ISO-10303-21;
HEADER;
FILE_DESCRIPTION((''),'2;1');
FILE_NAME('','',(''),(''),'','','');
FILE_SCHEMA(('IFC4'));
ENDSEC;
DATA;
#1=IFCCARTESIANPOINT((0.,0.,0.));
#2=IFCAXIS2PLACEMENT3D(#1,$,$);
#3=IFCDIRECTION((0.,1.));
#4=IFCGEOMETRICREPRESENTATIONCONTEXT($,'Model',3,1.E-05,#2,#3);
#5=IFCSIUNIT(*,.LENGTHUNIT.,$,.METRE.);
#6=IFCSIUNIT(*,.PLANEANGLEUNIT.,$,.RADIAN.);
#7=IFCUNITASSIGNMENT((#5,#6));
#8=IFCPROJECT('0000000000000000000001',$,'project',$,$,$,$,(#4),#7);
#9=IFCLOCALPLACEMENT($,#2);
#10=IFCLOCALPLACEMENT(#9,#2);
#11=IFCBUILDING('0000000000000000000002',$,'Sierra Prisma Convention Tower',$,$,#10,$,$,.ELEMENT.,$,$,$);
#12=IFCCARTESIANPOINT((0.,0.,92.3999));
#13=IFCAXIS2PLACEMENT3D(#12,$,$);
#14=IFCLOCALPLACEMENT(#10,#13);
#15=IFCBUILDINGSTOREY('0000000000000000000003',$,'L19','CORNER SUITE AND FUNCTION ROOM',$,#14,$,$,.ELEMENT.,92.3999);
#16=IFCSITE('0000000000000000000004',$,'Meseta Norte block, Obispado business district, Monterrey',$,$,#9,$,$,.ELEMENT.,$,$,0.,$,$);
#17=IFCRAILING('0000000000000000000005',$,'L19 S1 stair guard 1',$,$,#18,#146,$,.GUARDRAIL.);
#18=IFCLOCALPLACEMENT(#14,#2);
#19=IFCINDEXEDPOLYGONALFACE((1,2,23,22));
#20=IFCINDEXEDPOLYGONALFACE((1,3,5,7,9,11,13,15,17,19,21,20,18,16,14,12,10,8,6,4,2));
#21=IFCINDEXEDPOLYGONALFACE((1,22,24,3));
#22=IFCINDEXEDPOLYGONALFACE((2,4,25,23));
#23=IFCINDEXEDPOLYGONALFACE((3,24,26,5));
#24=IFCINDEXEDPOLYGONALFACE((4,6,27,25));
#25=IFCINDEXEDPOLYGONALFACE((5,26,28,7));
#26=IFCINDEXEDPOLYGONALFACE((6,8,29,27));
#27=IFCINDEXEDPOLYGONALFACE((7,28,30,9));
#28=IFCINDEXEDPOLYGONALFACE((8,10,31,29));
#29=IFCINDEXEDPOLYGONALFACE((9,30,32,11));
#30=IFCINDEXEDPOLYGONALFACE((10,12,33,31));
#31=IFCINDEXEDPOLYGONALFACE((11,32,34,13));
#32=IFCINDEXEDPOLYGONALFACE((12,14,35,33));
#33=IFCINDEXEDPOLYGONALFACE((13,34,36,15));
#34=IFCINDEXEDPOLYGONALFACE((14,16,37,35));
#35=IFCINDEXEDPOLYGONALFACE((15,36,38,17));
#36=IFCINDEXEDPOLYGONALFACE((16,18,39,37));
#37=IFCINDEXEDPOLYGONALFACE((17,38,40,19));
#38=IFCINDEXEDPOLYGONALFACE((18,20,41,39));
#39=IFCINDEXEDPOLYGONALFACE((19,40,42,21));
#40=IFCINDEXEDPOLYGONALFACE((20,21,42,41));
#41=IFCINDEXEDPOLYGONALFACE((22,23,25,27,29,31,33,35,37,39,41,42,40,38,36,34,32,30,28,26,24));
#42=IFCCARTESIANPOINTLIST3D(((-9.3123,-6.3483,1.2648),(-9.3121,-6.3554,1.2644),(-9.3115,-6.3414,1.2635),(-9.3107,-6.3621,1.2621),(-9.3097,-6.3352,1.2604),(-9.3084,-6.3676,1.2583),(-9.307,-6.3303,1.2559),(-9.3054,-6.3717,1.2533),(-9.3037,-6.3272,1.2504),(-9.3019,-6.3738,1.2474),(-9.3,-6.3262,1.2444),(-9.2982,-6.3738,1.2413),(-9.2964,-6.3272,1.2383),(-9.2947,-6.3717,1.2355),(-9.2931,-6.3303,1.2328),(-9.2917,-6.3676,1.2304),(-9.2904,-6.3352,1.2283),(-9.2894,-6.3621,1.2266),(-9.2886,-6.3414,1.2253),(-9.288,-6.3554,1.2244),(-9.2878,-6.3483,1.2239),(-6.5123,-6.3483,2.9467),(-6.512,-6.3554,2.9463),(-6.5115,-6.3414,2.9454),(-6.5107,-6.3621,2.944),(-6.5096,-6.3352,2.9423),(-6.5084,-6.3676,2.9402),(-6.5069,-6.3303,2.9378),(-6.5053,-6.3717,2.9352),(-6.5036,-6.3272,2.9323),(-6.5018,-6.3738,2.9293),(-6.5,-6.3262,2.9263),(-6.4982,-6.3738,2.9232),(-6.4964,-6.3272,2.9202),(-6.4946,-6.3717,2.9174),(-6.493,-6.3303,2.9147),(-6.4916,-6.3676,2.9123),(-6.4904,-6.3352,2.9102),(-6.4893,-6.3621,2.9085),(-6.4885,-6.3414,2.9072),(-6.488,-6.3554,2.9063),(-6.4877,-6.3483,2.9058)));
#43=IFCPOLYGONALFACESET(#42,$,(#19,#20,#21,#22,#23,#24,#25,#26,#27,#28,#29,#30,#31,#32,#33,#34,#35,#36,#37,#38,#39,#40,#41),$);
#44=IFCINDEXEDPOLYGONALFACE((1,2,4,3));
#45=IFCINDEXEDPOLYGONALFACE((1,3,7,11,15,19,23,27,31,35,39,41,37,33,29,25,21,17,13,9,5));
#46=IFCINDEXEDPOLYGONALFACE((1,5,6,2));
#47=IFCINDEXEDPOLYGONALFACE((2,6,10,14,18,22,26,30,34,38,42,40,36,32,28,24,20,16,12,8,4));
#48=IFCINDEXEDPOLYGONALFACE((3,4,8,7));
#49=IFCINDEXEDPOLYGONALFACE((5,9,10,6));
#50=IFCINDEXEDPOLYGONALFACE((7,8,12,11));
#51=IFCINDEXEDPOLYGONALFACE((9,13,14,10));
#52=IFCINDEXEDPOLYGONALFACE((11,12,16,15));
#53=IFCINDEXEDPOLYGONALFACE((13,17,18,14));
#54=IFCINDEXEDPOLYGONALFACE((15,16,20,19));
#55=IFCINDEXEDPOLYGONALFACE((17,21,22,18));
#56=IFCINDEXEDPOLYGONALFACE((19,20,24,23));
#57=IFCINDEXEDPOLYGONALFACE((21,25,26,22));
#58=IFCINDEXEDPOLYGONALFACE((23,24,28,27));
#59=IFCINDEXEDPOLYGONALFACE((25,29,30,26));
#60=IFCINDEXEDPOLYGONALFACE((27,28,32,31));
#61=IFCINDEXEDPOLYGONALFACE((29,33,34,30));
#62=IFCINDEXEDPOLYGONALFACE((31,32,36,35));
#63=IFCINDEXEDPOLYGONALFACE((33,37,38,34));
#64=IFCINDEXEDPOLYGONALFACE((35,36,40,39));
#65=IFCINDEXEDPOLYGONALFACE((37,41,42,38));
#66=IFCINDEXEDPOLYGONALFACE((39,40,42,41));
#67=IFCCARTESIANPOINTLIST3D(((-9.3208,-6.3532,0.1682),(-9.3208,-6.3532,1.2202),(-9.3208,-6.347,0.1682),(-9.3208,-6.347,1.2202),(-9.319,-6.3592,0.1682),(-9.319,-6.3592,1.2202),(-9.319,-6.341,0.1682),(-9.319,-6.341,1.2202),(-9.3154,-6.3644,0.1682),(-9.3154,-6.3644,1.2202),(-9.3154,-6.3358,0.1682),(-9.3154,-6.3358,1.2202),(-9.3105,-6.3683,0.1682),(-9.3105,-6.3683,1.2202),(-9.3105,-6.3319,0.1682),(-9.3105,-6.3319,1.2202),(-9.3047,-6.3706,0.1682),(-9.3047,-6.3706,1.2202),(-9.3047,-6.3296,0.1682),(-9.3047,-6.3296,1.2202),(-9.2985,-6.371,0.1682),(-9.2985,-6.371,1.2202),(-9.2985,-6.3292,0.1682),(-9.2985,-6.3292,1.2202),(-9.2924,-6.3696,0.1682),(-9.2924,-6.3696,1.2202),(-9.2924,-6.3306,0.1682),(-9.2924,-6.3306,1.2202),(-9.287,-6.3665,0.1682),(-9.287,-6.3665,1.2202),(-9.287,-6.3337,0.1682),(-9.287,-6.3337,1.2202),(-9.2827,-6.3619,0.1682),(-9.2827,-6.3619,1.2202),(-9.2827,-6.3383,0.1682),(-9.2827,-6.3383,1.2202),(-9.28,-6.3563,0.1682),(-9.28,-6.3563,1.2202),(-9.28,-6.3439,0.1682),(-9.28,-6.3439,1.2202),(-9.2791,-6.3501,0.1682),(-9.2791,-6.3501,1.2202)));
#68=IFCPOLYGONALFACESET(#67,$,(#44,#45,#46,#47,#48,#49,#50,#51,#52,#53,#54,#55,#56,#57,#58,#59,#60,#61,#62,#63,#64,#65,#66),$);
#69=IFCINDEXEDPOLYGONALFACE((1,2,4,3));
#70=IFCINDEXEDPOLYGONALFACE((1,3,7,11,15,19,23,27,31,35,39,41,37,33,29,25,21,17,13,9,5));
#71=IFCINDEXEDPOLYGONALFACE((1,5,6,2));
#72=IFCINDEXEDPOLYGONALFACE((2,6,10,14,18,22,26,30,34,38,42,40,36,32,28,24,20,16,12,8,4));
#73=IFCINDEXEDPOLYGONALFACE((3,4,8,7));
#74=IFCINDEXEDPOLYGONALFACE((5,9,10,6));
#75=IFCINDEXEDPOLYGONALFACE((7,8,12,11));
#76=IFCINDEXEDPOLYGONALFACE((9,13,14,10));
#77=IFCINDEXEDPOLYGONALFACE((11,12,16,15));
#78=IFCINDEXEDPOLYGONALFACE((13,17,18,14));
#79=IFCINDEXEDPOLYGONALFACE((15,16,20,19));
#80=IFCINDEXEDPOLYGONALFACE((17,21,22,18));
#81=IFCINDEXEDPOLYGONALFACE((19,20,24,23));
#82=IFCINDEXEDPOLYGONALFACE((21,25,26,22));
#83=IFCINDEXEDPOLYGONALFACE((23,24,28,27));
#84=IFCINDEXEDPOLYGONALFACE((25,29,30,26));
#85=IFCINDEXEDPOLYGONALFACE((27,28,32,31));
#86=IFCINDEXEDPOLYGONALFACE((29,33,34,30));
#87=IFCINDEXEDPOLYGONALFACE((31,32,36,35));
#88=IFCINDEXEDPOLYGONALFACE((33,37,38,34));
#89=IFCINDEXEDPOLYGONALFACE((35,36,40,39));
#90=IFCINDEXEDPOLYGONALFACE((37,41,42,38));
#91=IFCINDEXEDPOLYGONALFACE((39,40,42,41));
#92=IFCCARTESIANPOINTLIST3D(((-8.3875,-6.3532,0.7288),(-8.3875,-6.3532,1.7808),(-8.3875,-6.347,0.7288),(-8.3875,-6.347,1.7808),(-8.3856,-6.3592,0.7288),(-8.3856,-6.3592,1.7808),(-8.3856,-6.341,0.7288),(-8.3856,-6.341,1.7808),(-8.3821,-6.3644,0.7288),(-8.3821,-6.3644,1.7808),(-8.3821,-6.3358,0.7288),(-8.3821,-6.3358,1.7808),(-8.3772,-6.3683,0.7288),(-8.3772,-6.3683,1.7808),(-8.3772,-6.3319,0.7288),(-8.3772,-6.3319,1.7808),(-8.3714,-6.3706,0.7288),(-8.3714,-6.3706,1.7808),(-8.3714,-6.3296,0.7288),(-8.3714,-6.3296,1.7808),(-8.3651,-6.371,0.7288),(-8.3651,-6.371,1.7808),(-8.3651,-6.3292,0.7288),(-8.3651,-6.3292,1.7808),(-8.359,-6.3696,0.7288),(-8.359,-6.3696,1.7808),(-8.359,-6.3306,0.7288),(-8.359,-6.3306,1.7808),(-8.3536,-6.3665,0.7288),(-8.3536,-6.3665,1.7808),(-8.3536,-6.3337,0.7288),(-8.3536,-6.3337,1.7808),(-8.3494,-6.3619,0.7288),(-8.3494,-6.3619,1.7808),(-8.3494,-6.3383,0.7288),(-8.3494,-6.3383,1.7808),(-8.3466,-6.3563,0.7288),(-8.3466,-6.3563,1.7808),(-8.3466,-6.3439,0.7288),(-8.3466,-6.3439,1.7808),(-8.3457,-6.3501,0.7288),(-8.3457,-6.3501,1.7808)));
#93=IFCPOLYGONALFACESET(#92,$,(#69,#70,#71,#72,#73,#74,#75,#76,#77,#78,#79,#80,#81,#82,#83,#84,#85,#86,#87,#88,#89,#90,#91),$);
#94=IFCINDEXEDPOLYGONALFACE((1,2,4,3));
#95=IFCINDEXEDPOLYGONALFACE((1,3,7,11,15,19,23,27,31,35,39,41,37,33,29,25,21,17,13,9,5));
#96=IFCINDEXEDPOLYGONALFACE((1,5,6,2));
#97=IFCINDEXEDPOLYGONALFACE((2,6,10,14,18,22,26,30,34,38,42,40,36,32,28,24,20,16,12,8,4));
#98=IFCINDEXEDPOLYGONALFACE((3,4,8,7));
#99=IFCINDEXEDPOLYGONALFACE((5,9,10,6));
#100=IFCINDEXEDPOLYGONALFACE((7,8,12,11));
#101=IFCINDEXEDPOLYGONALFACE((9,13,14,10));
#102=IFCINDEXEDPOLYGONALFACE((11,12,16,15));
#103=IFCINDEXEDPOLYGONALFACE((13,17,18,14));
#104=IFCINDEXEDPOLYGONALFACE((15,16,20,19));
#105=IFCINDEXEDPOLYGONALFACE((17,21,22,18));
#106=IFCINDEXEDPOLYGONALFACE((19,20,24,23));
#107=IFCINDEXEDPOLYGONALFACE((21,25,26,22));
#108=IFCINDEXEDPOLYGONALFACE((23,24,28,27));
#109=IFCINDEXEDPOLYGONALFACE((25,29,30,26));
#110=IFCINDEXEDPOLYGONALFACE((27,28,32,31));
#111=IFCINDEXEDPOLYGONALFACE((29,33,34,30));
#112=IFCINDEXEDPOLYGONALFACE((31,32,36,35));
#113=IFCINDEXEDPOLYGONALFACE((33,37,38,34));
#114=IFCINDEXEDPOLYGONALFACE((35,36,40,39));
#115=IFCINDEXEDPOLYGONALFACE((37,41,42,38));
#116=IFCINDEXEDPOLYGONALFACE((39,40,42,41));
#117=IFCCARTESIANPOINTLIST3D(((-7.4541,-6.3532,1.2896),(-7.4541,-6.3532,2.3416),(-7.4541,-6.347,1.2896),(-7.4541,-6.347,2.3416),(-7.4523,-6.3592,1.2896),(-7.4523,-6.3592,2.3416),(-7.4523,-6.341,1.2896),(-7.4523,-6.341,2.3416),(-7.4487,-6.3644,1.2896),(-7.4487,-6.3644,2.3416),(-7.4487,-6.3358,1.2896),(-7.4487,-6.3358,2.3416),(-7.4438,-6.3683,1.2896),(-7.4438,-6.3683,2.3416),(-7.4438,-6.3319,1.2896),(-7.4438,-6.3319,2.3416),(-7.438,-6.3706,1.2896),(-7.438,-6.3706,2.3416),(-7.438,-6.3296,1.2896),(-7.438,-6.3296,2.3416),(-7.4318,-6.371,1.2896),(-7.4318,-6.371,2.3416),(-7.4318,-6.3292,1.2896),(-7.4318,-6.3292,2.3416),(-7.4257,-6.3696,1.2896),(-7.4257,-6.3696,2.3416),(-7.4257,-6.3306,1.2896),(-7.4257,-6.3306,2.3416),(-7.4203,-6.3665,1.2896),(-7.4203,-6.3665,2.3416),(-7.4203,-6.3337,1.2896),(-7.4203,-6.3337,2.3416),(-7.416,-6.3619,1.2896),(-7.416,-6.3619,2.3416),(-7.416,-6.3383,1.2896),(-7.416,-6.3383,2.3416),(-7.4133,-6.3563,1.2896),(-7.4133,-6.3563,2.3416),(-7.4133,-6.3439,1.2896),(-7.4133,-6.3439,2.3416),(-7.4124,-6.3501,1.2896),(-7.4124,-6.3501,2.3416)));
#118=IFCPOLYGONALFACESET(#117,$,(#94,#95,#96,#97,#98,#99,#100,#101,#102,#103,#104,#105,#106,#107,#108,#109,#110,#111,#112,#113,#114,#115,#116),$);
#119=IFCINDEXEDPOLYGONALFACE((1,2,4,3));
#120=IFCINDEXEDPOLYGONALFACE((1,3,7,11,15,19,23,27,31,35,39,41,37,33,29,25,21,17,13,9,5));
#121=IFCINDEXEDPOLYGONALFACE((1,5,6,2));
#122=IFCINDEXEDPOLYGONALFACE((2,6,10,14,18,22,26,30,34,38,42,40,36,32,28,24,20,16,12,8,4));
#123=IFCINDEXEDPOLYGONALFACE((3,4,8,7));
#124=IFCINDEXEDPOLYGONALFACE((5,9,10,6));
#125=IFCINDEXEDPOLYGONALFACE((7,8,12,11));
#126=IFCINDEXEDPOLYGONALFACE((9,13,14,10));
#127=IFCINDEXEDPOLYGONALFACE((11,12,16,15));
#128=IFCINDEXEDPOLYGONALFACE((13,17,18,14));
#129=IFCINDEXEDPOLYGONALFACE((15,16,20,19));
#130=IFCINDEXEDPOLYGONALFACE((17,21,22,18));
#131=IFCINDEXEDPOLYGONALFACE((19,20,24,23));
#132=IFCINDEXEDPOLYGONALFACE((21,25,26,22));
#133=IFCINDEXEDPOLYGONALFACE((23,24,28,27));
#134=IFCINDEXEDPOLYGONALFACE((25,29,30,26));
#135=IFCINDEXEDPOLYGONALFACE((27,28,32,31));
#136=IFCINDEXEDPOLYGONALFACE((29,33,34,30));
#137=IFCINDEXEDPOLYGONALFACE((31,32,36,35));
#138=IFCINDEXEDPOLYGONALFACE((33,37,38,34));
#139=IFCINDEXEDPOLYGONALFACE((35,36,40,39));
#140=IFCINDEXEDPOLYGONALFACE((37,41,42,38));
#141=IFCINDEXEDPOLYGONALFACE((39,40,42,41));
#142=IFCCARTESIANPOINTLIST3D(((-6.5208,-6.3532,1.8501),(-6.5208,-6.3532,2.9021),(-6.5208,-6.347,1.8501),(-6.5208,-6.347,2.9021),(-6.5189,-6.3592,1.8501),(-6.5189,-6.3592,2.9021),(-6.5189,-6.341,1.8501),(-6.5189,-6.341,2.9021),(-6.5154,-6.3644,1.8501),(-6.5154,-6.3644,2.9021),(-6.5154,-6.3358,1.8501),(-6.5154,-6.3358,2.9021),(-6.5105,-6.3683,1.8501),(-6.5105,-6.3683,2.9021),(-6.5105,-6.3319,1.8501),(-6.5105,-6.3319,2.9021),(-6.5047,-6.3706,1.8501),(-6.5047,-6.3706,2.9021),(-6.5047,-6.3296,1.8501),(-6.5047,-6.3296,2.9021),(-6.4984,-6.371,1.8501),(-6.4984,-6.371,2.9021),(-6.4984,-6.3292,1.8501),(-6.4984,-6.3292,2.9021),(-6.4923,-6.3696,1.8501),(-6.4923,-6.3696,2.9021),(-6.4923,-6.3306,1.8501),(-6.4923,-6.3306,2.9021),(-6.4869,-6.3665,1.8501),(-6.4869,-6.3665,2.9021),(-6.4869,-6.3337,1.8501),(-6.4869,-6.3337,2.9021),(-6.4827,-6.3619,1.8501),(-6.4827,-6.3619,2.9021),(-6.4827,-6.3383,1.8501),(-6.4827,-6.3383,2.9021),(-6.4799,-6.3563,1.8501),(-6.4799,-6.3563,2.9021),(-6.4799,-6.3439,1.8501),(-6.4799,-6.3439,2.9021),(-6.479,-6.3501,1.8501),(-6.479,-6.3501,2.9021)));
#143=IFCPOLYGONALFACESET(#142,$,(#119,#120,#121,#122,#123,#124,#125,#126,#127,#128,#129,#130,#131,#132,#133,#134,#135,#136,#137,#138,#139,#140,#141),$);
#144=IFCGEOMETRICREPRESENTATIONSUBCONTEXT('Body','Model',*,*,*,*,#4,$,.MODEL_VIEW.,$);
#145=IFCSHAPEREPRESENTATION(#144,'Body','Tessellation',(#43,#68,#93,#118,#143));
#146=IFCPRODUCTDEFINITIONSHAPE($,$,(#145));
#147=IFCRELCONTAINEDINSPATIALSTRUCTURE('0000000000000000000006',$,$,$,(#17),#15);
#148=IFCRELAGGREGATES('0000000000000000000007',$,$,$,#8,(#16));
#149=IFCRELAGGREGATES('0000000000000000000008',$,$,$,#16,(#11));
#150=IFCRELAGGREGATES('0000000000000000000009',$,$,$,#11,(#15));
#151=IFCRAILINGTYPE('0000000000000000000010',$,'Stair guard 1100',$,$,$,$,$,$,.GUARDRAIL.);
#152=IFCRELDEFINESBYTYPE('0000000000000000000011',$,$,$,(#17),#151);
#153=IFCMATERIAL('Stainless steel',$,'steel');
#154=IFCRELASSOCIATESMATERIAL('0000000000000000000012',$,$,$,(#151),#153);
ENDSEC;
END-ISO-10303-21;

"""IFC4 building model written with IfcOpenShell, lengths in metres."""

from ifc_helpers import new_model, si_unit, direction, frame, origin, origin_2d, place, context, subcontext, project, spatial, circle, extrude, material, type_object, element, save


model = new_model("IFC4")

# Units and contexts
model_context = context("Model", 3, precision=1e-05, world=origin(), true_north=direction((0.0, 1.0)))
body_context = subcontext(model_context, "Body", "Model", "MODEL_VIEW")
ifc_project = project(units=[si_unit("LENGTHUNIT", "METRE"), si_unit("PLANEANGLEUNIT", "RADIAN")], contexts=[model_context])

# Site, building, storey
site_placement = place(None, origin())
site = spatial("IfcSite", under=ifc_project, at=site_placement, Name="Meseta Norte block, Obispado business district, Monterrey", CompositionType="ELEMENT", RefElevation=0.0)
building_placement = place(site_placement, origin())
building = spatial("IfcBuilding", under=site, at=building_placement, Name="Sierra Prisma Convention Tower", CompositionType="ELEMENT")
storey_placement = place(building_placement, frame((0.0, 0.0, 92.3999)))
storey = spatial("IfcBuildingStorey", under=building, at=storey_placement, Name="L19", Description="CORNER SUITE AND FUNCTION ROOM", CompositionType="ELEMENT", Elevation=92.3999)

# Railing
ifc_material_1 = material(Name="Stainless steel", Category="steel")
railing_type_1 = type_object("IfcRailingType", Name="Stair guard 1100", PredefinedType="GUARDRAIL", material=ifc_material_1)
railing_1_placement = place(storey_placement, frame((-9.3, -6.3501, 0.1682)))
element("IfcRailing", 1, at=railing_1_placement, inside=storey, type_object=railing_type_1, Name="L19 S1 stair guard 1", PredefinedType="GUARDRAIL", context=body_context, shape_type="SweptSolid", body=[
    extrude(circle(Radius=0.0239, at=origin_2d()), frame((0.0, 0.0, 1.0762), z_axis=(0.857242, 0.0, 0.514913), x_axis=(0.0, 1.0, 0.0)), (0.0, 0.0, 1.0), 3.2664),
    extrude(circle(Radius=0.021, at=origin_2d()), origin(), (0.0, 0.0, 1.0), 1.052),
    extrude(circle(Radius=0.021, at=origin_2d()), frame((0.9333, 0.0, 0.5605)), (0.0, 0.0, 1.0), 1.052),
    extrude(circle(Radius=0.021, at=origin_2d()), frame((1.8667, 0.0, 1.1213)), (0.0, 0.0, 1.0), 1.052),
    extrude(circle(Radius=0.021, at=origin_2d()), frame((2.8, 0.0, 1.6819)), (0.0, 0.0, 1.0), 1.052),
])

save(model, "model.ifc")
